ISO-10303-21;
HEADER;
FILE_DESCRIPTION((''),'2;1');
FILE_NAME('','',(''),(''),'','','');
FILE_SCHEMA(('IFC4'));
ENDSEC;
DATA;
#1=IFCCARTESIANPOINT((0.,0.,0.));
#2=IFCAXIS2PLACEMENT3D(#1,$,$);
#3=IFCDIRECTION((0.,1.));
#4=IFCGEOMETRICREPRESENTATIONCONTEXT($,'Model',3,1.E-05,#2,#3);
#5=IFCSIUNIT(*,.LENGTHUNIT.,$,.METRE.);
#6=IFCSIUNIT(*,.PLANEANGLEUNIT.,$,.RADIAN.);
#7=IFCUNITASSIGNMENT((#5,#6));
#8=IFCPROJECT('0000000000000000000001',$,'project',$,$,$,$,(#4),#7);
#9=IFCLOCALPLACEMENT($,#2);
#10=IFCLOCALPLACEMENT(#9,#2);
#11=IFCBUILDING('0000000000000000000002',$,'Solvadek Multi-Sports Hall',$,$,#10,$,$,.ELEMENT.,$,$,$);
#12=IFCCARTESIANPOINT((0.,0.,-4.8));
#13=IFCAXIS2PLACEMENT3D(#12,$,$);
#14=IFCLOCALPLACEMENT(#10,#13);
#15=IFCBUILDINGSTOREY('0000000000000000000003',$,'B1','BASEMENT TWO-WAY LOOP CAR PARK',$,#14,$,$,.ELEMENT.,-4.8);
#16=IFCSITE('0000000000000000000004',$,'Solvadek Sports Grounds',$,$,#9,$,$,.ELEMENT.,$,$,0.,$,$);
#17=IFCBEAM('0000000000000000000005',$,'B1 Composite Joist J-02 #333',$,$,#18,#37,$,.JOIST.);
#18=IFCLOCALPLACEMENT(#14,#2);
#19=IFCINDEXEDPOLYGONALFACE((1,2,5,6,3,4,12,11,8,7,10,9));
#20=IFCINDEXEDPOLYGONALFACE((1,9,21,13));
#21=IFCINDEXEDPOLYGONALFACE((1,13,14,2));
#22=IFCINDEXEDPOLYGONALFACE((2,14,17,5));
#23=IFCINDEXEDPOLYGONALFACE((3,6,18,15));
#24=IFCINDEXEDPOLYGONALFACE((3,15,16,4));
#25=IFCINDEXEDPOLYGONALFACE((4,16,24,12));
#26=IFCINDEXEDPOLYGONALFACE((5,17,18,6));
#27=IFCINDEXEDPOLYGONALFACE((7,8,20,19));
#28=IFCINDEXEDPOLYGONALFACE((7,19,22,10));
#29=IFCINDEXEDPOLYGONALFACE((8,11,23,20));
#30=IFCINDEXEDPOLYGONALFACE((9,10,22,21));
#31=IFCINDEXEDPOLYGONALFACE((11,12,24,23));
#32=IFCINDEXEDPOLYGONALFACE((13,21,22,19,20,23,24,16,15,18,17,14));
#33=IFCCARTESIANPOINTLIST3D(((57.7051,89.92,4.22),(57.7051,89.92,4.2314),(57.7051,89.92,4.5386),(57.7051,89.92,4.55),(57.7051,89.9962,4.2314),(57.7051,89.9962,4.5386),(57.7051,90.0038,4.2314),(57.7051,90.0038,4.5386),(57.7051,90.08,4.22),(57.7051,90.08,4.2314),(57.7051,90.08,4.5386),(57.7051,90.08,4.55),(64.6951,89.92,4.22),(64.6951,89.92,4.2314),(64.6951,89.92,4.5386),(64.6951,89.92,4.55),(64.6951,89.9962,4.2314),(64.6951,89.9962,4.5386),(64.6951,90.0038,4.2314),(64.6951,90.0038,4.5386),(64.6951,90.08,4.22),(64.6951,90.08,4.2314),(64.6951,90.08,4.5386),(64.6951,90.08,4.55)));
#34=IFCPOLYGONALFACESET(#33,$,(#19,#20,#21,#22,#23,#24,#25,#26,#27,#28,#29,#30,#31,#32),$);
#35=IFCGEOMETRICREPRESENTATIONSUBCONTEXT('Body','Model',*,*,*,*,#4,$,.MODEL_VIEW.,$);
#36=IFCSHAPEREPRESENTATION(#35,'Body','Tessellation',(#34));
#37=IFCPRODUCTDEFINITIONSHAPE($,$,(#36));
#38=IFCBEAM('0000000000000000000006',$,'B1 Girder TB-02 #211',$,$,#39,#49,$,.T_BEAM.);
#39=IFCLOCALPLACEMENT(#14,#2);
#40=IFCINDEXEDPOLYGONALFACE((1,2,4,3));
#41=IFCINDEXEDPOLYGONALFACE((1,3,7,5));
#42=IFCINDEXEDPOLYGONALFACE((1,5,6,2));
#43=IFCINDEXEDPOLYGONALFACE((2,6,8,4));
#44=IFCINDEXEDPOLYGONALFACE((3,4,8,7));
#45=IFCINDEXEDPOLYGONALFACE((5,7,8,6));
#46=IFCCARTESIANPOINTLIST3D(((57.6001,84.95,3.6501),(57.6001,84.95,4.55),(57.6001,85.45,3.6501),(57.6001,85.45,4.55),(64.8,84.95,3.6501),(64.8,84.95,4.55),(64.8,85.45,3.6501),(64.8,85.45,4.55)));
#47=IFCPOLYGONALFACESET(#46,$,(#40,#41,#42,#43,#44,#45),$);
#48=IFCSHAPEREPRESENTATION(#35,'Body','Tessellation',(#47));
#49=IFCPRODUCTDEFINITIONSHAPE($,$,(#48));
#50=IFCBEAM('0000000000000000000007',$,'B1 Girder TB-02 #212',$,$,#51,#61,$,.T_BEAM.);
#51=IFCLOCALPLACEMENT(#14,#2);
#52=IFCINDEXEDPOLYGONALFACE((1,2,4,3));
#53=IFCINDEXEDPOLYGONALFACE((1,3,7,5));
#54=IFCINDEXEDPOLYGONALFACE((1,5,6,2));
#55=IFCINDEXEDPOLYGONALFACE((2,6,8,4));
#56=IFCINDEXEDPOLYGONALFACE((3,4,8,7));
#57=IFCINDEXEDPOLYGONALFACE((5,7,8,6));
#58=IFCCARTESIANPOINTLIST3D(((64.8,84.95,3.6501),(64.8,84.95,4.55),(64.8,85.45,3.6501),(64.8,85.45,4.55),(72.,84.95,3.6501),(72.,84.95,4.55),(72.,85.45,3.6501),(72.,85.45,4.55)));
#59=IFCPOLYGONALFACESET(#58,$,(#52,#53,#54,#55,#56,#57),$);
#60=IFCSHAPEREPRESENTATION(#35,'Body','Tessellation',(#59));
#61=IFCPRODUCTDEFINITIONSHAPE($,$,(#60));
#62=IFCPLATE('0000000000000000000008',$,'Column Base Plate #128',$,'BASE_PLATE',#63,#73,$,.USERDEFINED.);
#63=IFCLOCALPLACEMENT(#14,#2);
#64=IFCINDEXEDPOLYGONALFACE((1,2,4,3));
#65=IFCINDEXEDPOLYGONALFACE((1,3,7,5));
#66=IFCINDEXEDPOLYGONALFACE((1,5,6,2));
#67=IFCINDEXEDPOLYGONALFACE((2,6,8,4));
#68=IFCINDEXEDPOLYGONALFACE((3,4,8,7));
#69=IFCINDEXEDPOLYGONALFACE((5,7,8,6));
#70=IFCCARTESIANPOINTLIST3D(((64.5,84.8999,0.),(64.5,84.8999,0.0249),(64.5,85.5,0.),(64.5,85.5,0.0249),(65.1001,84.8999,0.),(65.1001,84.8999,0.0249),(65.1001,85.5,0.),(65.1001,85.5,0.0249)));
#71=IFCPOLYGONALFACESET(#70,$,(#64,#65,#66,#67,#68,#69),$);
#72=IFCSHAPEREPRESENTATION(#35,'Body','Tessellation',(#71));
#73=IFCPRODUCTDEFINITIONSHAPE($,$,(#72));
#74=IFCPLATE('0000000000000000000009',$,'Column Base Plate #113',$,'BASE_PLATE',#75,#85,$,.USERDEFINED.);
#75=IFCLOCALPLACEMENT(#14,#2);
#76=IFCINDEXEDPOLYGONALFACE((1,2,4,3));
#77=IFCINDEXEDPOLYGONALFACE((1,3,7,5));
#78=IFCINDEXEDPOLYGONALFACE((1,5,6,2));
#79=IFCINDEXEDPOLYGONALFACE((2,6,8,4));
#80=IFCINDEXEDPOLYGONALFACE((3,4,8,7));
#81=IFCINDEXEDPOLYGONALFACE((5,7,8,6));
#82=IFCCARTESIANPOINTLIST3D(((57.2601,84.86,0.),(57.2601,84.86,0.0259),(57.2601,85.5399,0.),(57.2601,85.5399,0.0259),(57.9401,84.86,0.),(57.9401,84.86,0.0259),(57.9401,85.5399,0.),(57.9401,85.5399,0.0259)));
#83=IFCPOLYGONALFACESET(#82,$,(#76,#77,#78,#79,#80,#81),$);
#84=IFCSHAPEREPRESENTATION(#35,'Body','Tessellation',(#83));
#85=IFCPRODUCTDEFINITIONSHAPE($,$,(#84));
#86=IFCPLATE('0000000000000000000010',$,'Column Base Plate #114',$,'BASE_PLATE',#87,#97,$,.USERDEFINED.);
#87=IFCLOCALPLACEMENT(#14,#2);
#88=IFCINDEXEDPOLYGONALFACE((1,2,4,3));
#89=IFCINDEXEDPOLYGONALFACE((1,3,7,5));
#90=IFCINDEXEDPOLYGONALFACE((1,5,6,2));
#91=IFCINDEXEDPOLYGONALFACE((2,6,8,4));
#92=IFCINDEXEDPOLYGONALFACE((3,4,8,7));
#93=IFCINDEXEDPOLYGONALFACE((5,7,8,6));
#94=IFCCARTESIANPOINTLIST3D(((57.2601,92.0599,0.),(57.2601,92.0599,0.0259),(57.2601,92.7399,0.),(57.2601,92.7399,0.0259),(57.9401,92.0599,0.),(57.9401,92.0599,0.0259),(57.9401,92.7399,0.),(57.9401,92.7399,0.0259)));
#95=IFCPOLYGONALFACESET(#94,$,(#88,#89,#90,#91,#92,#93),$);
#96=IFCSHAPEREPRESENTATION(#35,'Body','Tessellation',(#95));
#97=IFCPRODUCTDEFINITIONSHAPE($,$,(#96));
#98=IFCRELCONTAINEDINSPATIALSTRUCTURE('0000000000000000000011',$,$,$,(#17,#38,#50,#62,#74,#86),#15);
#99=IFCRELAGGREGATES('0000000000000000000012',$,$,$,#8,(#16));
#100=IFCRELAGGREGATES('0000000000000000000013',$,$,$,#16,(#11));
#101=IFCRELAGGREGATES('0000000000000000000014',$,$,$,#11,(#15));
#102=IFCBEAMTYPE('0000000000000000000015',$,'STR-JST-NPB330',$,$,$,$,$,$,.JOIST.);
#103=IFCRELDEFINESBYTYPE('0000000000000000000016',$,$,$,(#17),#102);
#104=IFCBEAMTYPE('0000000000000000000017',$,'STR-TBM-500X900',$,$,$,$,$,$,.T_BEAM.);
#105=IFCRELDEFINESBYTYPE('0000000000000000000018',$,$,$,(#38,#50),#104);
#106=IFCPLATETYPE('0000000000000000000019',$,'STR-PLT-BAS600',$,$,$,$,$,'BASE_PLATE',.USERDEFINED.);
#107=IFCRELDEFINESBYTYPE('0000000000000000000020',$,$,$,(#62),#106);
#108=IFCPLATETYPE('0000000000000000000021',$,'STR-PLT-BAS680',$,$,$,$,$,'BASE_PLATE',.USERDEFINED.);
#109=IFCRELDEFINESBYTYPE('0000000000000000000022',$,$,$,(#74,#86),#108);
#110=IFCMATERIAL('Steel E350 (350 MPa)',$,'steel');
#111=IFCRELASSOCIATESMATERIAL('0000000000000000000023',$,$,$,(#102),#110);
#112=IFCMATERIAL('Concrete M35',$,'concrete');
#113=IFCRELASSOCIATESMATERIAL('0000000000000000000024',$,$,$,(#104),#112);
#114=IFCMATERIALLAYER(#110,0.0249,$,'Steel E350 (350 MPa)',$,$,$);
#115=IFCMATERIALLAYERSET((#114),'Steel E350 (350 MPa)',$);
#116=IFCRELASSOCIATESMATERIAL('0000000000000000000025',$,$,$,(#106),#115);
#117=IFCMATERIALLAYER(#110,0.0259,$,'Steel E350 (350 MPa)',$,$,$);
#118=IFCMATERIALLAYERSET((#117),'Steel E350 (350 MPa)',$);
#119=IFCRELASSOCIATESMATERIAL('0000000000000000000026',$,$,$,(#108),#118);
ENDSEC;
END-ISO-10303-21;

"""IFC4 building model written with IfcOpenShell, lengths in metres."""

from ifc_helpers import new_model, si_unit, direction, frame, origin, origin_2d, place, context, subcontext, project, spatial, rectangle, i_section, extrude, material, layer, layer_set, material_profile, profile_set, type_object, element, save


model = new_model("IFC4")

# Units and contexts
model_context = context("Model", 3, precision=1e-05, world=origin(), true_north=direction((0.0, 1.0)))
body_context = subcontext(model_context, "Body", "Model", "MODEL_VIEW")
ifc_project = project(units=[si_unit("LENGTHUNIT", "METRE"), si_unit("PLANEANGLEUNIT", "RADIAN")], contexts=[model_context])

# Site, building, storey
site_placement = place(None, origin())
site = spatial("IfcSite", under=ifc_project, at=site_placement, Name="Solvadek Sports Grounds", CompositionType="ELEMENT", RefElevation=0.0)
building_placement = place(site_placement, origin())
building = spatial("IfcBuilding", under=site, at=building_placement, Name="Solvadek Multi-Sports Hall", CompositionType="ELEMENT")
storey_placement = place(building_placement, frame((0.0, 0.0, -4.8)))
storey = spatial("IfcBuildingStorey", under=building, at=storey_placement, Name="B1", Description="BASEMENT TWO-WAY LOOP CAR PARK", CompositionType="ELEMENT", Elevation=-4.8)

# Shared definitions
ifc_material_1 = material(Name="Concrete M35", Category="concrete")

# Shared definitions
ifc_material_2 = material(Name="Steel E350 (350 MPa)", Category="steel")

# Beams
ifc_material_profile_1 = material_profile(ifc_material_2, i_section(OverallWidth=0.1599, OverallDepth=0.3301, WebThickness=0.0076, FlangeThickness=0.0115, at=origin_2d()), Name="NPB 330")
ifc_profile_set_1 = profile_set([ifc_material_profile_1], Name="Steel E350 (350 MPa)")
beam_type_1 = type_object("IfcBeamType", Name="STR-JST-NPB330", PredefinedType="JOIST", material=ifc_profile_set_1)
for number, where, z_axis, x_axis, name in (
    (1, (57.7051, 90.0, 4.385), (1.0, 0.0, 0.0), (0.0, 1.0, 0.0), "B1 Composite Joist J-02 #333"),
):
    element("IfcBeam", number, at=place(storey_placement, frame(where, z_axis=z_axis, x_axis=x_axis)), inside=storey, type_object=beam_type_1, Name=name, PredefinedType="JOIST", context=body_context, shape_type="SweptSolid", body=[
        extrude(i_section(OverallWidth=0.1599, OverallDepth=0.3301, WebThickness=0.0076, FlangeThickness=0.0115, at=origin_2d()), origin(), (0.0, 0.0, 1.0), 6.99),
    ])
ifc_material_profile_2 = material_profile(ifc_material_1, rectangle(XDim=0.5, YDim=0.8999, at=origin_2d()), Name="RC T-BEAM 500x900")
ifc_profile_set_2 = profile_set([ifc_material_profile_2], Name="Concrete M35")
beam_type_2 = type_object("IfcBeamType", Name="STR-TBM-500X900", PredefinedType="T_BEAM", material=ifc_profile_set_2)
for number, where, z_axis, x_axis, name in (
    (2, (57.6001, 85.2, 4.1001), (1.0, 0.0, 0.0), (0.0, 1.0, 0.0), "B1 Girder TB-02 #211"),
    (3, (64.8, 85.2, 4.1001), (1.0, 0.0, 0.0), (0.0, 1.0, 0.0), "B1 Girder TB-02 #212"),
):
    element("IfcBeam", number, at=place(storey_placement, frame(where, z_axis=z_axis, x_axis=x_axis)), inside=storey, type_object=beam_type_2, Name=name, PredefinedType="T_BEAM", context=body_context, shape_type="SweptSolid", body=[
        extrude(rectangle(XDim=0.5, YDim=0.8999, at=origin_2d()), origin(), (0.0, 0.0, 1.0), 7.2),
    ])

# Plates
ifc_layer_1 = layer(ifc_material_2, 0.0249, Name="Steel E350 (350 MPa)")
ifc_layer_set_1 = layer_set([ifc_layer_1], Name="Steel E350 (350 MPa)")
plate_type_1 = type_object("IfcPlateType", Name="STR-PLT-BAS600", ElementType="BASE_PLATE", PredefinedType="USERDEFINED", material=ifc_layer_set_1)
plate_placement = place(storey_placement, frame((64.8, 85.2, 0.0), z_axis=(0.0, 0.0, 1.0), x_axis=(1.0, 0.0, 0.0)))
element("IfcPlate", 4, at=plate_placement, inside=storey, type_object=plate_type_1, Name="Column Base Plate #128", ObjectType="BASE_PLATE", PredefinedType="USERDEFINED", context=body_context, shape_type="SweptSolid", body=[
    extrude(rectangle(XDim=0.6001, YDim=0.6001, at=origin_2d()), origin(), (0.0, 0.0, 1.0), 0.0249),
])
ifc_layer_2 = layer(ifc_material_2, 0.0259, Name="Steel E350 (350 MPa)")
ifc_layer_set_2 = layer_set([ifc_layer_2], Name="Steel E350 (350 MPa)")
plate_type_2 = type_object("IfcPlateType", Name="STR-PLT-BAS680", ElementType="BASE_PLATE", PredefinedType="USERDEFINED", material=ifc_layer_set_2)
for number, where, z_axis, x_axis, name in (
    (5, (57.6001, 85.2, 0.0), (0.0, 0.0, 1.0), (1.0, 0.0, 0.0), "Column Base Plate #113"),
    (6, (57.6001, 92.3999, 0.0), (0.0, 0.0, 1.0), (1.0, 0.0, 0.0), "Column Base Plate #114"),
):
    element("IfcPlate", number, at=place(storey_placement, frame(where, z_axis=z_axis, x_axis=x_axis)), inside=storey, type_object=plate_type_2, Name=name, ObjectType="BASE_PLATE", PredefinedType="USERDEFINED", context=body_context, shape_type="SweptSolid", body=[
        extrude(rectangle(XDim=0.6799, YDim=0.6799, at=origin_2d()), origin(), (0.0, 0.0, 1.0), 0.0259),
    ])

save(model, "model.ifc")
